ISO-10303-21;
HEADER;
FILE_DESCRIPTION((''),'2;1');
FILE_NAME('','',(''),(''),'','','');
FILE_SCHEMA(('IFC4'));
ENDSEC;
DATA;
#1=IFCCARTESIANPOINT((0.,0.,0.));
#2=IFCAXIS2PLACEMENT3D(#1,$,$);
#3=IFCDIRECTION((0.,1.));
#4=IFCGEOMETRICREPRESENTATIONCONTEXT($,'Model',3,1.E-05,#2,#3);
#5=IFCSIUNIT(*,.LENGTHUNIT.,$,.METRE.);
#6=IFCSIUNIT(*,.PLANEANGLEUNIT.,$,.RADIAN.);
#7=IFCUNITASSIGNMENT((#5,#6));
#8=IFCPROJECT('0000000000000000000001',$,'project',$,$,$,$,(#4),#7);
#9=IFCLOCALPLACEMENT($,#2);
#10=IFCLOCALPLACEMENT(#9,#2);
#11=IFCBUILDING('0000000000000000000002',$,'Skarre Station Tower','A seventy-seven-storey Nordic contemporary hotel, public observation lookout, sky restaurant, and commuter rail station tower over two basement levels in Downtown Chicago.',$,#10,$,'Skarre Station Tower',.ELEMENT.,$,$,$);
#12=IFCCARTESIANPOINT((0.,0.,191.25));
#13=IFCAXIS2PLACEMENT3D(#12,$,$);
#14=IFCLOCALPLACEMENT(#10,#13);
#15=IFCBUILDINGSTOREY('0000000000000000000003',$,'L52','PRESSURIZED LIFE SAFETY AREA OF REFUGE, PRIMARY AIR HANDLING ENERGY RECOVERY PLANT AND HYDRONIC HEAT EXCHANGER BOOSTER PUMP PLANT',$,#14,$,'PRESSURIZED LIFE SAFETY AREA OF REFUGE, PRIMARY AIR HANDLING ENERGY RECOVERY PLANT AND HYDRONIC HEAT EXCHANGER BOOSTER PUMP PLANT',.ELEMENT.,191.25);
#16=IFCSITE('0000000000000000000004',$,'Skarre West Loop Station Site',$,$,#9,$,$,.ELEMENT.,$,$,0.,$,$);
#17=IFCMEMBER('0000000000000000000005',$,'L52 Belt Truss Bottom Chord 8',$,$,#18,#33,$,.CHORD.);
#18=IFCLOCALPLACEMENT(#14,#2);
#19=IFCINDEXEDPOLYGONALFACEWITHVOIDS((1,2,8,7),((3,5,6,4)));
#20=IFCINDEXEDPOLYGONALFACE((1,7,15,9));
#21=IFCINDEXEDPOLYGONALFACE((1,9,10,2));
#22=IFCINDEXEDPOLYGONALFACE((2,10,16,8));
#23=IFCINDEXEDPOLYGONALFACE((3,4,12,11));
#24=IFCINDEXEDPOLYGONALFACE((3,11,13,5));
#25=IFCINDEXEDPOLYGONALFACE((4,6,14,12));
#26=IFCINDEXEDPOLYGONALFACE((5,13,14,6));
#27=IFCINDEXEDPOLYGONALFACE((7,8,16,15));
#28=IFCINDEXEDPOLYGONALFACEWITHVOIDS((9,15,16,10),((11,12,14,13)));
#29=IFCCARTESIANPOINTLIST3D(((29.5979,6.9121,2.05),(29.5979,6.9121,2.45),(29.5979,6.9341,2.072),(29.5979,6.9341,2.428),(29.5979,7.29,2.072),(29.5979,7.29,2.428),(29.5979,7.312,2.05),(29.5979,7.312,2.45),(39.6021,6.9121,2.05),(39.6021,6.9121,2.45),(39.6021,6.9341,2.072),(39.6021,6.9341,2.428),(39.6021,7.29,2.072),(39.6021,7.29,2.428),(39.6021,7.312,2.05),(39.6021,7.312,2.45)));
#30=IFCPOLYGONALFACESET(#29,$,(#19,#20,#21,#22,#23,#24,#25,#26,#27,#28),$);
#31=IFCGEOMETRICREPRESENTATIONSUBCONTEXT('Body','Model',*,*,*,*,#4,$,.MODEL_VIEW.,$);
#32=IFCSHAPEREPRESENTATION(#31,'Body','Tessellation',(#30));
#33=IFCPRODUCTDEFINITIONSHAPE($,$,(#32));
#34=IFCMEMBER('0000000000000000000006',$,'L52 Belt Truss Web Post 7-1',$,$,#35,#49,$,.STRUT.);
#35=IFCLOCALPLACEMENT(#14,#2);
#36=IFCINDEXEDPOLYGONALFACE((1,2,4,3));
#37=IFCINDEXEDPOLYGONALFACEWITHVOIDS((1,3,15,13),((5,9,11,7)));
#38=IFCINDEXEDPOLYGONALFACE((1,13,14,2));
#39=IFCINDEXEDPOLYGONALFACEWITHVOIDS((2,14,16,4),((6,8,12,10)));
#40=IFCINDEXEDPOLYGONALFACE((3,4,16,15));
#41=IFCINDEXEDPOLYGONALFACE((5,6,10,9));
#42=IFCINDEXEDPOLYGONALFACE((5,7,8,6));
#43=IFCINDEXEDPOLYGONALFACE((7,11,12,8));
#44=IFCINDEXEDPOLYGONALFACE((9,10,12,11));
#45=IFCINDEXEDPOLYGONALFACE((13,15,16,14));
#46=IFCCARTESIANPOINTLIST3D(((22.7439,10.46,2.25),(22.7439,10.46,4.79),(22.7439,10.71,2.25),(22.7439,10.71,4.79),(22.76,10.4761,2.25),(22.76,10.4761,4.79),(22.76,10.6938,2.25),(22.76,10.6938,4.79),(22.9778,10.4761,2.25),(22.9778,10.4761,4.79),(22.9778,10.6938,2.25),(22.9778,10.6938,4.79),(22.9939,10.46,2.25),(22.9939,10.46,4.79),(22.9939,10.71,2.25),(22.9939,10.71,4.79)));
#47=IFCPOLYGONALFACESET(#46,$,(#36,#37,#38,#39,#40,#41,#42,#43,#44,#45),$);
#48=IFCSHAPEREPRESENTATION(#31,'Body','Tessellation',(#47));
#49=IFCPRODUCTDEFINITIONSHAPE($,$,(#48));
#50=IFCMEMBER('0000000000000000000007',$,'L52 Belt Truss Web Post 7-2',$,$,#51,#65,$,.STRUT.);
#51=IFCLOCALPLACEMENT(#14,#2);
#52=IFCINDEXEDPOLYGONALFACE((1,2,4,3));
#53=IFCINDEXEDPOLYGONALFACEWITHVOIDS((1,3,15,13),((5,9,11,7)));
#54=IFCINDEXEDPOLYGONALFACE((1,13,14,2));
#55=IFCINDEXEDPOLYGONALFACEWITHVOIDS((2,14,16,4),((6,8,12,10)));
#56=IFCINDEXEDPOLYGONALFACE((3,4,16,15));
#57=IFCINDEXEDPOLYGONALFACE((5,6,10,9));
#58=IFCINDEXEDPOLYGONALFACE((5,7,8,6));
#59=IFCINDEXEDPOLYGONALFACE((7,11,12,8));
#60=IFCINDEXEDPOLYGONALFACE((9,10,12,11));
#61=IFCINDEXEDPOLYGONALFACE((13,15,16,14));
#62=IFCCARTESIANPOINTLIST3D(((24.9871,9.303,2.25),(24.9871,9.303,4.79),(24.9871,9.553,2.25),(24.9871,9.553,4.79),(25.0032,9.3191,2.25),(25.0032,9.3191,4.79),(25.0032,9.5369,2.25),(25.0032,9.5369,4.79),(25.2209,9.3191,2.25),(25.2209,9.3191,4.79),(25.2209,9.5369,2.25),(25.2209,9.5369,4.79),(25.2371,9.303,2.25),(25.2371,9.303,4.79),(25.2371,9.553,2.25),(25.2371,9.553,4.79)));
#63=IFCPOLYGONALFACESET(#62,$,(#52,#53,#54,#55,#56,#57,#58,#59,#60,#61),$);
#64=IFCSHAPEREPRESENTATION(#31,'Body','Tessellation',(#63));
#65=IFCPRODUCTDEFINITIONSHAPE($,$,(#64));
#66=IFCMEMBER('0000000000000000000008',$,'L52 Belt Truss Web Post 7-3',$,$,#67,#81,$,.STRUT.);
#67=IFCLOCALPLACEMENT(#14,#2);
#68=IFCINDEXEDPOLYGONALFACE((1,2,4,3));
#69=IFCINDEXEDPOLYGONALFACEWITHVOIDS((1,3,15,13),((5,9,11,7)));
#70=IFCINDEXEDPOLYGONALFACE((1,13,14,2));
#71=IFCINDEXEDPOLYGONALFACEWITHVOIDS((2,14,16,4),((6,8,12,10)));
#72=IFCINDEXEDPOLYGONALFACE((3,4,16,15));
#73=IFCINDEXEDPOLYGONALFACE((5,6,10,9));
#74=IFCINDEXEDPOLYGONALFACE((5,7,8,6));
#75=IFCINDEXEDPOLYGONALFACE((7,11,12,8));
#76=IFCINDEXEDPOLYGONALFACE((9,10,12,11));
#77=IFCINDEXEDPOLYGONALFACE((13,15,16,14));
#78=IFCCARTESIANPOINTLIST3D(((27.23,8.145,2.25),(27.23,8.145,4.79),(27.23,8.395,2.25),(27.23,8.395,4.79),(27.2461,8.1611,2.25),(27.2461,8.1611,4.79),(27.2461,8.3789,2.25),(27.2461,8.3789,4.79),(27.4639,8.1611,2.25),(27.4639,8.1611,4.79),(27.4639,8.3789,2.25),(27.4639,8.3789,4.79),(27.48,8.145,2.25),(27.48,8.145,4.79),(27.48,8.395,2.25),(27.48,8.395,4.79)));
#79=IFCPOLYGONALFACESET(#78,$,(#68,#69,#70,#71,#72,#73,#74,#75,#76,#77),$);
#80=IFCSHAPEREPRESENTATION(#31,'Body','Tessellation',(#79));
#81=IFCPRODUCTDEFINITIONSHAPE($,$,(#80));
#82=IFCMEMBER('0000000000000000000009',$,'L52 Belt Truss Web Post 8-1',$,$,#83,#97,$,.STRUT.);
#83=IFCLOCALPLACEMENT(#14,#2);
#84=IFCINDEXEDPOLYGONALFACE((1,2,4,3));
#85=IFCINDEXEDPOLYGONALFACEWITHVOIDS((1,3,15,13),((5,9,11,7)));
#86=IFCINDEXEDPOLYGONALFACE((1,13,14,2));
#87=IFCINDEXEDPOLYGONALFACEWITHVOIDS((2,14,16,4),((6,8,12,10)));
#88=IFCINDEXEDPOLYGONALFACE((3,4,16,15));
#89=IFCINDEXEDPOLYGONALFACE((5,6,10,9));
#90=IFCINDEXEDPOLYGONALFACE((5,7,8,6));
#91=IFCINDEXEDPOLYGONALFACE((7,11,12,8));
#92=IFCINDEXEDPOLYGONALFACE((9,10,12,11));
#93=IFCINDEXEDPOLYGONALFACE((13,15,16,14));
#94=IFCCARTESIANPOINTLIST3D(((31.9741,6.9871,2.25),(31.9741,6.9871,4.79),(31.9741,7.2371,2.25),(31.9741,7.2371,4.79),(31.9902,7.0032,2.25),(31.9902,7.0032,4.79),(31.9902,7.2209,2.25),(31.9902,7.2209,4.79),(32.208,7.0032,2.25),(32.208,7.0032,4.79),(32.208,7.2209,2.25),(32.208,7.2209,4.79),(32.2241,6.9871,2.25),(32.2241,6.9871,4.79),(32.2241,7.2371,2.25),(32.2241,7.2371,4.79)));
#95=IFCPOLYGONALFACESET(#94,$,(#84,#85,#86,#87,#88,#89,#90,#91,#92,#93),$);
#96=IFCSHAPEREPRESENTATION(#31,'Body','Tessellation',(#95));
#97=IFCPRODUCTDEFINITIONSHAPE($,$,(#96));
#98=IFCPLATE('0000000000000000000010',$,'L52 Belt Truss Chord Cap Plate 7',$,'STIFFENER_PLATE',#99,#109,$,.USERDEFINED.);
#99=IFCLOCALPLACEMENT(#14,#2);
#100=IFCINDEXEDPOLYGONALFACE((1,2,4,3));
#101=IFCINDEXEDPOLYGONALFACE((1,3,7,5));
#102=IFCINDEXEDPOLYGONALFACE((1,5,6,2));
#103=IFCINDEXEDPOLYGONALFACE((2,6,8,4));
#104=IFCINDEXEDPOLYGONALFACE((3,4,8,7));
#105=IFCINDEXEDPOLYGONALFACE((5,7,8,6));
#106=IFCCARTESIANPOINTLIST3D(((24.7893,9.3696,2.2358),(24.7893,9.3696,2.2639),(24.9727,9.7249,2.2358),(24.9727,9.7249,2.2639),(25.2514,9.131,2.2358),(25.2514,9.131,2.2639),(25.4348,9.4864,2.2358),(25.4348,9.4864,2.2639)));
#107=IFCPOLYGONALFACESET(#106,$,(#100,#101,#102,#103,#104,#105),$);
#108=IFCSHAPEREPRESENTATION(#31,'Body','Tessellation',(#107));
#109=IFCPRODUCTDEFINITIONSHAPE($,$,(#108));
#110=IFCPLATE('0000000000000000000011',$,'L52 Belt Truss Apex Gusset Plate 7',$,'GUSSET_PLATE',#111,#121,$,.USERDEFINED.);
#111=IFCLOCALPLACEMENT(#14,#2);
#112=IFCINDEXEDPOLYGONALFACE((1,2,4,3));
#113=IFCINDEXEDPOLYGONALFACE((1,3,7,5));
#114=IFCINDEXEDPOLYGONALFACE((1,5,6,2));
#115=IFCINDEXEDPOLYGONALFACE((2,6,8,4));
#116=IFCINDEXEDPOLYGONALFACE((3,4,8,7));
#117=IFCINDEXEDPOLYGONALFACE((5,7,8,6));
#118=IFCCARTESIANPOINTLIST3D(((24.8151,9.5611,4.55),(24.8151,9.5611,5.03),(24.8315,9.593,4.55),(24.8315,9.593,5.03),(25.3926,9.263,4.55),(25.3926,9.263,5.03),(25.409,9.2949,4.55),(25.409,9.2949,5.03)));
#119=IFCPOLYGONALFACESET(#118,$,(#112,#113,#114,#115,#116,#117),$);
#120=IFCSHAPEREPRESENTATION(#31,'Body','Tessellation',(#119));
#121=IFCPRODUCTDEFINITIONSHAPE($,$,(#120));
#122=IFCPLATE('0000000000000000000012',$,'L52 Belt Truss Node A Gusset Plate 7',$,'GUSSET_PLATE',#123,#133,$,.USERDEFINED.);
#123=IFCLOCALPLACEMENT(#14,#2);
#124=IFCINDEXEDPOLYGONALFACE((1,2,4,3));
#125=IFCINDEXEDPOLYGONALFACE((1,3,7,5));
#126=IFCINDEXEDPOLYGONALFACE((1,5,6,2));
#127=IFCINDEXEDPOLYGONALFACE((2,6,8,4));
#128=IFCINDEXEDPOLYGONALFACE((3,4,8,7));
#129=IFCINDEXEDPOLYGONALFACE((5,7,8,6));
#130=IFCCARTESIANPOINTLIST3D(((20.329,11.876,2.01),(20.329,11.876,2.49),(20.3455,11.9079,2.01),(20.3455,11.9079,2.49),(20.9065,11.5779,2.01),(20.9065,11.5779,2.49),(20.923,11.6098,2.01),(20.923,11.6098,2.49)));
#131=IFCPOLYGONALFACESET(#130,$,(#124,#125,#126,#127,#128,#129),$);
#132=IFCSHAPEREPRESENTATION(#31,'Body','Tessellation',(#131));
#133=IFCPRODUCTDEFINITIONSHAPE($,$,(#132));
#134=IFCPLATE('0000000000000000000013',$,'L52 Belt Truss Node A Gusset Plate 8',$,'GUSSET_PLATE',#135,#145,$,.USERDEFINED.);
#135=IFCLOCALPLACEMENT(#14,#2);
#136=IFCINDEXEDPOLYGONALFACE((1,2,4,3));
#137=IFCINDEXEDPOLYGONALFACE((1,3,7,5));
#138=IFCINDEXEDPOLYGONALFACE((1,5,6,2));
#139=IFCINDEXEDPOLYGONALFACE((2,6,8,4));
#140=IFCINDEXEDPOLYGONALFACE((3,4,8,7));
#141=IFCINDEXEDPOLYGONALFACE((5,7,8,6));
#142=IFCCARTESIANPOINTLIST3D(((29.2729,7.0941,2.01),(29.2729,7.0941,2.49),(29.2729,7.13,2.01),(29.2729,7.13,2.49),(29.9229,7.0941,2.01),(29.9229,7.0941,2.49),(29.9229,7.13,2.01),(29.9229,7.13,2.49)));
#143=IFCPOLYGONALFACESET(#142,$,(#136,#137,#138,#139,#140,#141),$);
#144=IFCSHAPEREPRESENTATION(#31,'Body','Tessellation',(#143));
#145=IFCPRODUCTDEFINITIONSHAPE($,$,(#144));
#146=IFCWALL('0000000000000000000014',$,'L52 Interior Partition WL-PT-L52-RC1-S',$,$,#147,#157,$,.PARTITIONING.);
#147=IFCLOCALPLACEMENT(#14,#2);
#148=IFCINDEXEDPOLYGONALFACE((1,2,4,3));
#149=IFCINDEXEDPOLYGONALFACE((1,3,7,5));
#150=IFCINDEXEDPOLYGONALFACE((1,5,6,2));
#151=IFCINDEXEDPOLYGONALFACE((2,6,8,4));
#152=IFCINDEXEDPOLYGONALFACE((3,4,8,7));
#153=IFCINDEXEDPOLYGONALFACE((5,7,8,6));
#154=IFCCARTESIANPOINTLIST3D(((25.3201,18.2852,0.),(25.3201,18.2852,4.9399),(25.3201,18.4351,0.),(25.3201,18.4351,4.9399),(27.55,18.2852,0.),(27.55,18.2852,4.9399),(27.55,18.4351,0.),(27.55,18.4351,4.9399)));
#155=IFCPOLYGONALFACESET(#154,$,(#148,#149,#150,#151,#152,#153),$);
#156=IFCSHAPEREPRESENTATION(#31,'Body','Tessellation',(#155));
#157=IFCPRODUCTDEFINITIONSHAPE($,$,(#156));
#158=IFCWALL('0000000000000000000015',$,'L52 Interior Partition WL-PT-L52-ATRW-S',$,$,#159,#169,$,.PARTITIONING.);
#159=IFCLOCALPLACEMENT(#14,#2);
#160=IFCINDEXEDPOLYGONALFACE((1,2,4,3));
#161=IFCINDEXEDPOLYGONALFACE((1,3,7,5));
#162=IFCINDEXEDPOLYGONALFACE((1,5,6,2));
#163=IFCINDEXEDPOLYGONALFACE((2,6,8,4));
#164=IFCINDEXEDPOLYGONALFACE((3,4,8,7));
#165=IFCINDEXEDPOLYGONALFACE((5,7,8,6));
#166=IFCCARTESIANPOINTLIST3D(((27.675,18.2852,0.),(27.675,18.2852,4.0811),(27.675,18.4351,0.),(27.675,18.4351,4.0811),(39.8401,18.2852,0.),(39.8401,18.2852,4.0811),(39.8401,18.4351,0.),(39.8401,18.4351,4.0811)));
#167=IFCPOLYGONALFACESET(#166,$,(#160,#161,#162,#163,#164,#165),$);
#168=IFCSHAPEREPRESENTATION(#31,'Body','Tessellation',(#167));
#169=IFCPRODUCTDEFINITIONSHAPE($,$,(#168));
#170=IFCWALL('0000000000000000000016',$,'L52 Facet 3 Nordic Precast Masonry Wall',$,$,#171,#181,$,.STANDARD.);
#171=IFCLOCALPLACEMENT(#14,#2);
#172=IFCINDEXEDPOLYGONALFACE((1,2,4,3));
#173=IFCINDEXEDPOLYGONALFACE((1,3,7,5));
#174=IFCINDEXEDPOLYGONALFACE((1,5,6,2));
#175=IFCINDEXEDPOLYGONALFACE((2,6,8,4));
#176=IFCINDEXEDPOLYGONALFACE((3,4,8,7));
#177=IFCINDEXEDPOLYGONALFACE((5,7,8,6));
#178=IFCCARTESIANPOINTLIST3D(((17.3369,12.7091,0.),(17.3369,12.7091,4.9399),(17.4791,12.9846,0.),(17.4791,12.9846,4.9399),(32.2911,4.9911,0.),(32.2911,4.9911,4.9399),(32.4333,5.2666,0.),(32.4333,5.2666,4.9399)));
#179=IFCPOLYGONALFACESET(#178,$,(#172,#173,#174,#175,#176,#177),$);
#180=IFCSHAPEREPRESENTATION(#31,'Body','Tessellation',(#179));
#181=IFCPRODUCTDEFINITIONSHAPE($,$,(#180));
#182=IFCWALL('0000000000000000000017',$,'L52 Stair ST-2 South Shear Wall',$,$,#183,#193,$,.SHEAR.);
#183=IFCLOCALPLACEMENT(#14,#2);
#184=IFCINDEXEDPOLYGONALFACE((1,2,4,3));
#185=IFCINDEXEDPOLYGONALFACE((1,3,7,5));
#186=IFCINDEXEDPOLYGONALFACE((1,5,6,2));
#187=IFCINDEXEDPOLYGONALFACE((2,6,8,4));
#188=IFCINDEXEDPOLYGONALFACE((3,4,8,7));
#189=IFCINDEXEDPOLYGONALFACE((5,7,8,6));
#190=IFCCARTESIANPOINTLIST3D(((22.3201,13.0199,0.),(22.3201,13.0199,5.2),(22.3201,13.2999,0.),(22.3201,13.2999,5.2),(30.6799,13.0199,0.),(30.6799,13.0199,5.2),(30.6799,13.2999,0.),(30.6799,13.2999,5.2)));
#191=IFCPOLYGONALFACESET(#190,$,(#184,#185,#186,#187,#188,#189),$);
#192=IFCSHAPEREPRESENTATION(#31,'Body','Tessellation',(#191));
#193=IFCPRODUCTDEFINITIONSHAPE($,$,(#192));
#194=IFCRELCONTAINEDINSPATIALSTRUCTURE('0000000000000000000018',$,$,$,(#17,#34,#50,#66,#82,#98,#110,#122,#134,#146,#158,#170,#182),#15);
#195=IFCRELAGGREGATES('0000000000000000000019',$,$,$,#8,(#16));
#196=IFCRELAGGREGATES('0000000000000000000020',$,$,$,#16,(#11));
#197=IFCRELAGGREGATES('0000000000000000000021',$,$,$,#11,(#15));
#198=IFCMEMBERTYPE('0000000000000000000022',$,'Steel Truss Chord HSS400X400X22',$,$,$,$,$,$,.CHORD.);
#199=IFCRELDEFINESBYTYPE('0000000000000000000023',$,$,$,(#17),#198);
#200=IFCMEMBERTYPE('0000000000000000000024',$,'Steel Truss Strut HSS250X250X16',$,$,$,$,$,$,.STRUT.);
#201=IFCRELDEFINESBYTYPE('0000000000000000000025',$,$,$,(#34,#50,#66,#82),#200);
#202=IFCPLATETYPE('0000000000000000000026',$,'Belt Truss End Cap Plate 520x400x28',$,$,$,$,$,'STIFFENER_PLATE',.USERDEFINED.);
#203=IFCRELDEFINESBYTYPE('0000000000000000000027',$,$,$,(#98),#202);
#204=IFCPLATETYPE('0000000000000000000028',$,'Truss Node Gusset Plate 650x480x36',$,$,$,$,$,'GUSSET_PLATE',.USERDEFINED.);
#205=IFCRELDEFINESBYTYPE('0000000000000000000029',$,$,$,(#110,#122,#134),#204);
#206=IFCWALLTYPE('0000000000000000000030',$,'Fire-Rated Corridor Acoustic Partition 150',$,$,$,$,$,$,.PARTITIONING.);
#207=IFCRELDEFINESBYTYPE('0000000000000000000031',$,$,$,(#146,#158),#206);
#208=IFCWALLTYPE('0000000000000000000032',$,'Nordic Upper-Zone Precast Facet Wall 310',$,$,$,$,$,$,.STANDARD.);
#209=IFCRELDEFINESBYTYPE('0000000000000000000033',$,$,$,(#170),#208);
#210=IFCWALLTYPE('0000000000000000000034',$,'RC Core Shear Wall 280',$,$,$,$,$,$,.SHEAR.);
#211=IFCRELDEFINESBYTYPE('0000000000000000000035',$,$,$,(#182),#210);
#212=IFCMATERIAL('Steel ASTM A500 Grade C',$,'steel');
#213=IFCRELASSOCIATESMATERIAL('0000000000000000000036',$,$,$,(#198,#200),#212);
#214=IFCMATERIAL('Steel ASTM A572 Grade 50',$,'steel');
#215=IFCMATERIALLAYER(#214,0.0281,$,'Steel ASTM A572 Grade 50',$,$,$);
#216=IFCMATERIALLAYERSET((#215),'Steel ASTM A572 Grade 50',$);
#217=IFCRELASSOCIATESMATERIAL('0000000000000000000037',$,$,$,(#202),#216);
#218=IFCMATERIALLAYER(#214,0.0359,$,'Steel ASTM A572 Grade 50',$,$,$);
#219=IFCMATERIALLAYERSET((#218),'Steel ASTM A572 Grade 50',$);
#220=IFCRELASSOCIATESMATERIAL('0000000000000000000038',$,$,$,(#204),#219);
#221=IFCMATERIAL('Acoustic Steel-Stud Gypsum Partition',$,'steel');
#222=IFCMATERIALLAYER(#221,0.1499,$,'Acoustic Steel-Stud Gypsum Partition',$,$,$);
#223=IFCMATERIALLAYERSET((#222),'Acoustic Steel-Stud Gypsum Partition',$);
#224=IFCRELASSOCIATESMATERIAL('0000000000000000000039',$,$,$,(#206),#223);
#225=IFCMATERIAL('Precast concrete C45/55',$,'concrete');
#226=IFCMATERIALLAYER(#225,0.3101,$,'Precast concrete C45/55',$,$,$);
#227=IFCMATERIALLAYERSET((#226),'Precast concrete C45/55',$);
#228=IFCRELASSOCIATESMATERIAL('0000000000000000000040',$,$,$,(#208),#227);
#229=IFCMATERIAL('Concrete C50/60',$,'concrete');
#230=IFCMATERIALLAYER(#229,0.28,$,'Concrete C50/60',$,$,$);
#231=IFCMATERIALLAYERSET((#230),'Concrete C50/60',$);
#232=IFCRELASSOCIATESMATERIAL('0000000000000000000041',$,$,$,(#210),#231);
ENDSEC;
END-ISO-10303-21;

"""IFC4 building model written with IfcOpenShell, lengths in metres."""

from ifc_helpers import new_model, si_unit, direction, frame, frame_2d, origin, origin_2d, place, context, subcontext, project, spatial, rectangle, hollow_rectangle, extrude, material, layer, layer_set, material_profile, profile_set, type_object, element, save


model = new_model("IFC4")

# Units and contexts
model_context = context("Model", 3, precision=1e-05, world=origin(), true_north=direction((0.0, 1.0)))
body_context = subcontext(model_context, "Body", "Model", "MODEL_VIEW")
ifc_project = project(units=[si_unit("LENGTHUNIT", "METRE"), si_unit("PLANEANGLEUNIT", "RADIAN")], contexts=[model_context])

# Site, building, storey
site_placement = place(None, origin())
site = spatial("IfcSite", under=ifc_project, at=site_placement, Name="Skarre West Loop Station Site", CompositionType="ELEMENT", RefElevation=0.0)
building_placement = place(site_placement, origin())
building = spatial("IfcBuilding", under=site, at=building_placement, Name="Skarre Station Tower", Description="A seventy-seven-storey Nordic contemporary hotel, public observation lookout, sky restaurant, and commuter rail station tower over two basement levels in Downtown Chicago.", LongName="Skarre Station Tower", CompositionType="ELEMENT")
storey_placement = place(building_placement, frame((0.0, 0.0, 191.25)))
storey = spatial("IfcBuildingStorey", under=building, at=storey_placement, Name="L52", Description="PRESSURIZED LIFE SAFETY AREA OF REFUGE, PRIMARY AIR HANDLING ENERGY RECOVERY PLANT AND HYDRONIC HEAT EXCHANGER BOOSTER PUMP PLANT", LongName="PRESSURIZED LIFE SAFETY AREA OF REFUGE, PRIMARY AIR HANDLING ENERGY RECOVERY PLANT AND HYDRONIC HEAT EXCHANGER BOOSTER PUMP PLANT", CompositionType="ELEMENT", Elevation=191.25)

# Shared definitions
ifc_material_1 = material(Name="Concrete C50/60", Category="concrete")

# Members
ifc_material_2 = material(Name="Steel ASTM A500 Grade C", Category="steel")
ifc_material_profile_1 = material_profile(ifc_material_2, hollow_rectangle(XDim=0.3999, YDim=0.3999, WallThickness=0.022, at=origin_2d()), Name="Steel ASTM A500 Grade C")
ifc_profile_set_1 = profile_set([ifc_material_profile_1], Name="Steel ASTM A500 Grade C")
member_type_1 = type_object("IfcMemberType", Name="Steel Truss Chord HSS400X400X22", PredefinedType="CHORD", material=ifc_profile_set_1)
member_1_placement = place(storey_placement, frame((29.5979, 7.1121, 2.25), z_axis=(1.0, 0.0, 0.0), x_axis=(0.0, 1.0, 0.0)))
element("IfcMember", 1, at=member_1_placement, inside=storey, type_object=member_type_1, Name="L52 Belt Truss Bottom Chord 8", PredefinedType="CHORD", context=body_context, shape_type="SweptSolid", body=[
    extrude(hollow_rectangle(XDim=0.3999, YDim=0.3999, WallThickness=0.022, at=origin_2d()), origin(), (0.0, 0.0, 1.0), 10.0042),
])
ifc_material_profile_2 = material_profile(ifc_material_2, hollow_rectangle(XDim=0.25, YDim=0.25, WallThickness=0.0161, at=origin_2d()), Name="Steel ASTM A500 Grade C")
ifc_profile_set_2 = profile_set([ifc_material_profile_2], Name="Steel ASTM A500 Grade C")
member_type_2 = type_object("IfcMemberType", Name="Steel Truss Strut HSS250X250X16", PredefinedType="STRUT", material=ifc_profile_set_2)
for number, where, z_axis, x_axis, name in (
    (2, (22.8689, 10.585, 2.25), (0.0, 0.0, 1.0), (1.0, 0.0, 0.0), "L52 Belt Truss Web Post 7-1"),
    (3, (25.1121, 9.428, 2.25), (0.0, 0.0, 1.0), (1.0, 0.0, 0.0), "L52 Belt Truss Web Post 7-2"),
    (4, (27.355, 8.27, 2.25), (0.0, 0.0, 1.0), (1.0, 0.0, 0.0), "L52 Belt Truss Web Post 7-3"),
    (5, (32.0991, 7.1121, 2.25), (0.0, 0.0, 1.0), (1.0, 0.0, 0.0), "L52 Belt Truss Web Post 8-1"),
):
    element("IfcMember", number, at=place(storey_placement, frame(where, z_axis=z_axis, x_axis=x_axis)), inside=storey, type_object=member_type_2, Name=name, PredefinedType="STRUT", context=body_context, shape_type="SweptSolid", body=[
        extrude(hollow_rectangle(XDim=0.25, YDim=0.25, WallThickness=0.0161, at=origin_2d()), origin(), (0.0, 0.0, 1.0), 2.54),
    ])

# Plates
ifc_material_3 = material(Name="Steel ASTM A572 Grade 50", Category="steel")
ifc_layer_1 = layer(ifc_material_3, 0.0281, Name="Steel ASTM A572 Grade 50")
ifc_layer_set_1 = layer_set([ifc_layer_1], Name="Steel ASTM A572 Grade 50")
plate_type_1 = type_object("IfcPlateType", Name="Belt Truss End Cap Plate 520x400x28", ElementType="STIFFENER_PLATE", PredefinedType="USERDEFINED", material=ifc_layer_set_1)
plate_placement = place(storey_placement, frame((25.1121, 9.428, 2.2358), z_axis=(0.0, 0.0, 1.0), x_axis=(0.888609, -0.458665, 0.0)))
element("IfcPlate", 6, at=plate_placement, inside=storey, type_object=plate_type_1, Name="L52 Belt Truss Chord Cap Plate 7", ObjectType="STIFFENER_PLATE", PredefinedType="USERDEFINED", context=body_context, shape_type="SweptSolid", body=[
    extrude(rectangle(XDim=0.52, YDim=0.3999, at=origin_2d()), origin(), (0.0, 0.0, 1.0), 0.0281),
])
ifc_layer_2 = layer(ifc_material_3, 0.0359, Name="Steel ASTM A572 Grade 50")
ifc_layer_set_2 = layer_set([ifc_layer_2], Name="Steel ASTM A572 Grade 50")
plate_type_2 = type_object("IfcPlateType", Name="Truss Node Gusset Plate 650x480x36", ElementType="GUSSET_PLATE", PredefinedType="USERDEFINED", material=ifc_layer_set_2)
for number, where, z_axis, x_axis, name in (
    (7, (25.1121, 9.428, 4.55), (0.0, 0.0, 1.0), (0.888609, -0.458665, 0.0), "L52 Belt Truss Apex Gusset Plate 7"),
    (8, (20.626, 11.7429, 2.01), (0.0, 0.0, 1.0), (0.888609, -0.458665, 0.0), "L52 Belt Truss Node A Gusset Plate 7"),
    (9, (29.5979, 7.1121, 2.01), (0.0, 0.0, 1.0), (1.0, 0.0, 0.0), "L52 Belt Truss Node A Gusset Plate 8"),
):
    element("IfcPlate", number, at=place(storey_placement, frame(where, z_axis=z_axis, x_axis=x_axis)), inside=storey, type_object=plate_type_2, Name=name, ObjectType="GUSSET_PLATE", PredefinedType="USERDEFINED", context=body_context, shape_type="SweptSolid", body=[
        extrude(rectangle(XDim=0.6499, YDim=0.0359, at=origin_2d()), origin(), (0.0, 0.0, 1.0), 0.48),
    ])

# Walls
ifc_material_4 = material(Name="Acoustic Steel-Stud Gypsum Partition", Category="steel")
ifc_layer_3 = layer(ifc_material_4, 0.1499, Name="Acoustic Steel-Stud Gypsum Partition")
ifc_layer_set_3 = layer_set([ifc_layer_3], Name="Acoustic Steel-Stud Gypsum Partition")
wall_type_1 = type_object("IfcWallType", Name="Fire-Rated Corridor Acoustic Partition 150", PredefinedType="PARTITIONING", material=ifc_layer_set_3)
wall_1_placement = place(storey_placement, frame((25.3201, 18.3601, 0.0), z_axis=(0.0, 0.0, 1.0), x_axis=(1.0, 0.0, 0.0)))
element("IfcWall", 10, at=wall_1_placement, inside=storey, type_object=wall_type_1, Name="L52 Interior Partition WL-PT-L52-RC1-S", PredefinedType="PARTITIONING", context=body_context, shape_type="SweptSolid", body=[
    extrude(rectangle(XDim=2.23, YDim=0.1499, at=frame_2d((1.115, 0.0))), origin(), (0.0, 0.0, 1.0), 4.9399),
])
wall_2_placement = place(storey_placement, frame((27.675, 18.3601, 0.0), z_axis=(0.0, 0.0, 1.0), x_axis=(1.0, 0.0, 0.0)))
element("IfcWall", 11, at=wall_2_placement, inside=storey, type_object=wall_type_1, Name="L52 Interior Partition WL-PT-L52-ATRW-S", PredefinedType="PARTITIONING", context=body_context, shape_type="SweptSolid", body=[
    extrude(rectangle(XDim=12.165, YDim=0.1499, at=frame_2d((6.0825, 0.0))), origin(), (0.0, 0.0, 1.0), 4.0811),
])
ifc_material_5 = material(Name="Precast concrete C45/55", Category="concrete")
ifc_layer_4 = layer(ifc_material_5, 0.3101, Name="Precast concrete C45/55")
ifc_layer_set_4 = layer_set([ifc_layer_4], Name="Precast concrete C45/55")
wall_type_2 = type_object("IfcWallType", Name="Nordic Upper-Zone Precast Facet Wall 310", PredefinedType="STANDARD", material=ifc_layer_set_4)
wall_3_placement = place(storey_placement, frame((32.3621, 5.1289, 0.0), z_axis=(0.0, 0.0, 1.0), x_axis=(-0.888626, 0.458632, 0.0)))
element("IfcWall", 12, at=wall_3_placement, inside=storey, type_object=wall_type_2, Name="L52 Facet 3 Nordic Precast Masonry Wall", PredefinedType="STANDARD", context=body_context, shape_type="SweptSolid", body=[
    extrude(rectangle(XDim=16.8284, YDim=0.3101, at=frame_2d((8.4141, 0.0))), origin(), (0.0, 0.0, 1.0), 4.9399),
])
ifc_layer_5 = layer(ifc_material_1, 0.28, Name="Concrete C50/60")
ifc_layer_set_5 = layer_set([ifc_layer_5], Name="Concrete C50/60")
wall_type_3 = type_object("IfcWallType", Name="RC Core Shear Wall 280", PredefinedType="SHEAR", material=ifc_layer_set_5)
wall_4_placement = place(storey_placement, frame((22.3201, 13.1599, 0.0), z_axis=(0.0, 0.0, 1.0), x_axis=(1.0, 0.0, 0.0)))
element("IfcWall", 13, at=wall_4_placement, inside=storey, type_object=wall_type_3, Name="L52 Stair ST-2 South Shear Wall", PredefinedType="SHEAR", context=body_context, shape_type="SweptSolid", body=[
    extrude(rectangle(XDim=8.3599, YDim=0.28, at=frame_2d((4.1799, 0.0))), origin(), (0.0, 0.0, 1.0), 5.2),
])

save(model, "model.ifc")
